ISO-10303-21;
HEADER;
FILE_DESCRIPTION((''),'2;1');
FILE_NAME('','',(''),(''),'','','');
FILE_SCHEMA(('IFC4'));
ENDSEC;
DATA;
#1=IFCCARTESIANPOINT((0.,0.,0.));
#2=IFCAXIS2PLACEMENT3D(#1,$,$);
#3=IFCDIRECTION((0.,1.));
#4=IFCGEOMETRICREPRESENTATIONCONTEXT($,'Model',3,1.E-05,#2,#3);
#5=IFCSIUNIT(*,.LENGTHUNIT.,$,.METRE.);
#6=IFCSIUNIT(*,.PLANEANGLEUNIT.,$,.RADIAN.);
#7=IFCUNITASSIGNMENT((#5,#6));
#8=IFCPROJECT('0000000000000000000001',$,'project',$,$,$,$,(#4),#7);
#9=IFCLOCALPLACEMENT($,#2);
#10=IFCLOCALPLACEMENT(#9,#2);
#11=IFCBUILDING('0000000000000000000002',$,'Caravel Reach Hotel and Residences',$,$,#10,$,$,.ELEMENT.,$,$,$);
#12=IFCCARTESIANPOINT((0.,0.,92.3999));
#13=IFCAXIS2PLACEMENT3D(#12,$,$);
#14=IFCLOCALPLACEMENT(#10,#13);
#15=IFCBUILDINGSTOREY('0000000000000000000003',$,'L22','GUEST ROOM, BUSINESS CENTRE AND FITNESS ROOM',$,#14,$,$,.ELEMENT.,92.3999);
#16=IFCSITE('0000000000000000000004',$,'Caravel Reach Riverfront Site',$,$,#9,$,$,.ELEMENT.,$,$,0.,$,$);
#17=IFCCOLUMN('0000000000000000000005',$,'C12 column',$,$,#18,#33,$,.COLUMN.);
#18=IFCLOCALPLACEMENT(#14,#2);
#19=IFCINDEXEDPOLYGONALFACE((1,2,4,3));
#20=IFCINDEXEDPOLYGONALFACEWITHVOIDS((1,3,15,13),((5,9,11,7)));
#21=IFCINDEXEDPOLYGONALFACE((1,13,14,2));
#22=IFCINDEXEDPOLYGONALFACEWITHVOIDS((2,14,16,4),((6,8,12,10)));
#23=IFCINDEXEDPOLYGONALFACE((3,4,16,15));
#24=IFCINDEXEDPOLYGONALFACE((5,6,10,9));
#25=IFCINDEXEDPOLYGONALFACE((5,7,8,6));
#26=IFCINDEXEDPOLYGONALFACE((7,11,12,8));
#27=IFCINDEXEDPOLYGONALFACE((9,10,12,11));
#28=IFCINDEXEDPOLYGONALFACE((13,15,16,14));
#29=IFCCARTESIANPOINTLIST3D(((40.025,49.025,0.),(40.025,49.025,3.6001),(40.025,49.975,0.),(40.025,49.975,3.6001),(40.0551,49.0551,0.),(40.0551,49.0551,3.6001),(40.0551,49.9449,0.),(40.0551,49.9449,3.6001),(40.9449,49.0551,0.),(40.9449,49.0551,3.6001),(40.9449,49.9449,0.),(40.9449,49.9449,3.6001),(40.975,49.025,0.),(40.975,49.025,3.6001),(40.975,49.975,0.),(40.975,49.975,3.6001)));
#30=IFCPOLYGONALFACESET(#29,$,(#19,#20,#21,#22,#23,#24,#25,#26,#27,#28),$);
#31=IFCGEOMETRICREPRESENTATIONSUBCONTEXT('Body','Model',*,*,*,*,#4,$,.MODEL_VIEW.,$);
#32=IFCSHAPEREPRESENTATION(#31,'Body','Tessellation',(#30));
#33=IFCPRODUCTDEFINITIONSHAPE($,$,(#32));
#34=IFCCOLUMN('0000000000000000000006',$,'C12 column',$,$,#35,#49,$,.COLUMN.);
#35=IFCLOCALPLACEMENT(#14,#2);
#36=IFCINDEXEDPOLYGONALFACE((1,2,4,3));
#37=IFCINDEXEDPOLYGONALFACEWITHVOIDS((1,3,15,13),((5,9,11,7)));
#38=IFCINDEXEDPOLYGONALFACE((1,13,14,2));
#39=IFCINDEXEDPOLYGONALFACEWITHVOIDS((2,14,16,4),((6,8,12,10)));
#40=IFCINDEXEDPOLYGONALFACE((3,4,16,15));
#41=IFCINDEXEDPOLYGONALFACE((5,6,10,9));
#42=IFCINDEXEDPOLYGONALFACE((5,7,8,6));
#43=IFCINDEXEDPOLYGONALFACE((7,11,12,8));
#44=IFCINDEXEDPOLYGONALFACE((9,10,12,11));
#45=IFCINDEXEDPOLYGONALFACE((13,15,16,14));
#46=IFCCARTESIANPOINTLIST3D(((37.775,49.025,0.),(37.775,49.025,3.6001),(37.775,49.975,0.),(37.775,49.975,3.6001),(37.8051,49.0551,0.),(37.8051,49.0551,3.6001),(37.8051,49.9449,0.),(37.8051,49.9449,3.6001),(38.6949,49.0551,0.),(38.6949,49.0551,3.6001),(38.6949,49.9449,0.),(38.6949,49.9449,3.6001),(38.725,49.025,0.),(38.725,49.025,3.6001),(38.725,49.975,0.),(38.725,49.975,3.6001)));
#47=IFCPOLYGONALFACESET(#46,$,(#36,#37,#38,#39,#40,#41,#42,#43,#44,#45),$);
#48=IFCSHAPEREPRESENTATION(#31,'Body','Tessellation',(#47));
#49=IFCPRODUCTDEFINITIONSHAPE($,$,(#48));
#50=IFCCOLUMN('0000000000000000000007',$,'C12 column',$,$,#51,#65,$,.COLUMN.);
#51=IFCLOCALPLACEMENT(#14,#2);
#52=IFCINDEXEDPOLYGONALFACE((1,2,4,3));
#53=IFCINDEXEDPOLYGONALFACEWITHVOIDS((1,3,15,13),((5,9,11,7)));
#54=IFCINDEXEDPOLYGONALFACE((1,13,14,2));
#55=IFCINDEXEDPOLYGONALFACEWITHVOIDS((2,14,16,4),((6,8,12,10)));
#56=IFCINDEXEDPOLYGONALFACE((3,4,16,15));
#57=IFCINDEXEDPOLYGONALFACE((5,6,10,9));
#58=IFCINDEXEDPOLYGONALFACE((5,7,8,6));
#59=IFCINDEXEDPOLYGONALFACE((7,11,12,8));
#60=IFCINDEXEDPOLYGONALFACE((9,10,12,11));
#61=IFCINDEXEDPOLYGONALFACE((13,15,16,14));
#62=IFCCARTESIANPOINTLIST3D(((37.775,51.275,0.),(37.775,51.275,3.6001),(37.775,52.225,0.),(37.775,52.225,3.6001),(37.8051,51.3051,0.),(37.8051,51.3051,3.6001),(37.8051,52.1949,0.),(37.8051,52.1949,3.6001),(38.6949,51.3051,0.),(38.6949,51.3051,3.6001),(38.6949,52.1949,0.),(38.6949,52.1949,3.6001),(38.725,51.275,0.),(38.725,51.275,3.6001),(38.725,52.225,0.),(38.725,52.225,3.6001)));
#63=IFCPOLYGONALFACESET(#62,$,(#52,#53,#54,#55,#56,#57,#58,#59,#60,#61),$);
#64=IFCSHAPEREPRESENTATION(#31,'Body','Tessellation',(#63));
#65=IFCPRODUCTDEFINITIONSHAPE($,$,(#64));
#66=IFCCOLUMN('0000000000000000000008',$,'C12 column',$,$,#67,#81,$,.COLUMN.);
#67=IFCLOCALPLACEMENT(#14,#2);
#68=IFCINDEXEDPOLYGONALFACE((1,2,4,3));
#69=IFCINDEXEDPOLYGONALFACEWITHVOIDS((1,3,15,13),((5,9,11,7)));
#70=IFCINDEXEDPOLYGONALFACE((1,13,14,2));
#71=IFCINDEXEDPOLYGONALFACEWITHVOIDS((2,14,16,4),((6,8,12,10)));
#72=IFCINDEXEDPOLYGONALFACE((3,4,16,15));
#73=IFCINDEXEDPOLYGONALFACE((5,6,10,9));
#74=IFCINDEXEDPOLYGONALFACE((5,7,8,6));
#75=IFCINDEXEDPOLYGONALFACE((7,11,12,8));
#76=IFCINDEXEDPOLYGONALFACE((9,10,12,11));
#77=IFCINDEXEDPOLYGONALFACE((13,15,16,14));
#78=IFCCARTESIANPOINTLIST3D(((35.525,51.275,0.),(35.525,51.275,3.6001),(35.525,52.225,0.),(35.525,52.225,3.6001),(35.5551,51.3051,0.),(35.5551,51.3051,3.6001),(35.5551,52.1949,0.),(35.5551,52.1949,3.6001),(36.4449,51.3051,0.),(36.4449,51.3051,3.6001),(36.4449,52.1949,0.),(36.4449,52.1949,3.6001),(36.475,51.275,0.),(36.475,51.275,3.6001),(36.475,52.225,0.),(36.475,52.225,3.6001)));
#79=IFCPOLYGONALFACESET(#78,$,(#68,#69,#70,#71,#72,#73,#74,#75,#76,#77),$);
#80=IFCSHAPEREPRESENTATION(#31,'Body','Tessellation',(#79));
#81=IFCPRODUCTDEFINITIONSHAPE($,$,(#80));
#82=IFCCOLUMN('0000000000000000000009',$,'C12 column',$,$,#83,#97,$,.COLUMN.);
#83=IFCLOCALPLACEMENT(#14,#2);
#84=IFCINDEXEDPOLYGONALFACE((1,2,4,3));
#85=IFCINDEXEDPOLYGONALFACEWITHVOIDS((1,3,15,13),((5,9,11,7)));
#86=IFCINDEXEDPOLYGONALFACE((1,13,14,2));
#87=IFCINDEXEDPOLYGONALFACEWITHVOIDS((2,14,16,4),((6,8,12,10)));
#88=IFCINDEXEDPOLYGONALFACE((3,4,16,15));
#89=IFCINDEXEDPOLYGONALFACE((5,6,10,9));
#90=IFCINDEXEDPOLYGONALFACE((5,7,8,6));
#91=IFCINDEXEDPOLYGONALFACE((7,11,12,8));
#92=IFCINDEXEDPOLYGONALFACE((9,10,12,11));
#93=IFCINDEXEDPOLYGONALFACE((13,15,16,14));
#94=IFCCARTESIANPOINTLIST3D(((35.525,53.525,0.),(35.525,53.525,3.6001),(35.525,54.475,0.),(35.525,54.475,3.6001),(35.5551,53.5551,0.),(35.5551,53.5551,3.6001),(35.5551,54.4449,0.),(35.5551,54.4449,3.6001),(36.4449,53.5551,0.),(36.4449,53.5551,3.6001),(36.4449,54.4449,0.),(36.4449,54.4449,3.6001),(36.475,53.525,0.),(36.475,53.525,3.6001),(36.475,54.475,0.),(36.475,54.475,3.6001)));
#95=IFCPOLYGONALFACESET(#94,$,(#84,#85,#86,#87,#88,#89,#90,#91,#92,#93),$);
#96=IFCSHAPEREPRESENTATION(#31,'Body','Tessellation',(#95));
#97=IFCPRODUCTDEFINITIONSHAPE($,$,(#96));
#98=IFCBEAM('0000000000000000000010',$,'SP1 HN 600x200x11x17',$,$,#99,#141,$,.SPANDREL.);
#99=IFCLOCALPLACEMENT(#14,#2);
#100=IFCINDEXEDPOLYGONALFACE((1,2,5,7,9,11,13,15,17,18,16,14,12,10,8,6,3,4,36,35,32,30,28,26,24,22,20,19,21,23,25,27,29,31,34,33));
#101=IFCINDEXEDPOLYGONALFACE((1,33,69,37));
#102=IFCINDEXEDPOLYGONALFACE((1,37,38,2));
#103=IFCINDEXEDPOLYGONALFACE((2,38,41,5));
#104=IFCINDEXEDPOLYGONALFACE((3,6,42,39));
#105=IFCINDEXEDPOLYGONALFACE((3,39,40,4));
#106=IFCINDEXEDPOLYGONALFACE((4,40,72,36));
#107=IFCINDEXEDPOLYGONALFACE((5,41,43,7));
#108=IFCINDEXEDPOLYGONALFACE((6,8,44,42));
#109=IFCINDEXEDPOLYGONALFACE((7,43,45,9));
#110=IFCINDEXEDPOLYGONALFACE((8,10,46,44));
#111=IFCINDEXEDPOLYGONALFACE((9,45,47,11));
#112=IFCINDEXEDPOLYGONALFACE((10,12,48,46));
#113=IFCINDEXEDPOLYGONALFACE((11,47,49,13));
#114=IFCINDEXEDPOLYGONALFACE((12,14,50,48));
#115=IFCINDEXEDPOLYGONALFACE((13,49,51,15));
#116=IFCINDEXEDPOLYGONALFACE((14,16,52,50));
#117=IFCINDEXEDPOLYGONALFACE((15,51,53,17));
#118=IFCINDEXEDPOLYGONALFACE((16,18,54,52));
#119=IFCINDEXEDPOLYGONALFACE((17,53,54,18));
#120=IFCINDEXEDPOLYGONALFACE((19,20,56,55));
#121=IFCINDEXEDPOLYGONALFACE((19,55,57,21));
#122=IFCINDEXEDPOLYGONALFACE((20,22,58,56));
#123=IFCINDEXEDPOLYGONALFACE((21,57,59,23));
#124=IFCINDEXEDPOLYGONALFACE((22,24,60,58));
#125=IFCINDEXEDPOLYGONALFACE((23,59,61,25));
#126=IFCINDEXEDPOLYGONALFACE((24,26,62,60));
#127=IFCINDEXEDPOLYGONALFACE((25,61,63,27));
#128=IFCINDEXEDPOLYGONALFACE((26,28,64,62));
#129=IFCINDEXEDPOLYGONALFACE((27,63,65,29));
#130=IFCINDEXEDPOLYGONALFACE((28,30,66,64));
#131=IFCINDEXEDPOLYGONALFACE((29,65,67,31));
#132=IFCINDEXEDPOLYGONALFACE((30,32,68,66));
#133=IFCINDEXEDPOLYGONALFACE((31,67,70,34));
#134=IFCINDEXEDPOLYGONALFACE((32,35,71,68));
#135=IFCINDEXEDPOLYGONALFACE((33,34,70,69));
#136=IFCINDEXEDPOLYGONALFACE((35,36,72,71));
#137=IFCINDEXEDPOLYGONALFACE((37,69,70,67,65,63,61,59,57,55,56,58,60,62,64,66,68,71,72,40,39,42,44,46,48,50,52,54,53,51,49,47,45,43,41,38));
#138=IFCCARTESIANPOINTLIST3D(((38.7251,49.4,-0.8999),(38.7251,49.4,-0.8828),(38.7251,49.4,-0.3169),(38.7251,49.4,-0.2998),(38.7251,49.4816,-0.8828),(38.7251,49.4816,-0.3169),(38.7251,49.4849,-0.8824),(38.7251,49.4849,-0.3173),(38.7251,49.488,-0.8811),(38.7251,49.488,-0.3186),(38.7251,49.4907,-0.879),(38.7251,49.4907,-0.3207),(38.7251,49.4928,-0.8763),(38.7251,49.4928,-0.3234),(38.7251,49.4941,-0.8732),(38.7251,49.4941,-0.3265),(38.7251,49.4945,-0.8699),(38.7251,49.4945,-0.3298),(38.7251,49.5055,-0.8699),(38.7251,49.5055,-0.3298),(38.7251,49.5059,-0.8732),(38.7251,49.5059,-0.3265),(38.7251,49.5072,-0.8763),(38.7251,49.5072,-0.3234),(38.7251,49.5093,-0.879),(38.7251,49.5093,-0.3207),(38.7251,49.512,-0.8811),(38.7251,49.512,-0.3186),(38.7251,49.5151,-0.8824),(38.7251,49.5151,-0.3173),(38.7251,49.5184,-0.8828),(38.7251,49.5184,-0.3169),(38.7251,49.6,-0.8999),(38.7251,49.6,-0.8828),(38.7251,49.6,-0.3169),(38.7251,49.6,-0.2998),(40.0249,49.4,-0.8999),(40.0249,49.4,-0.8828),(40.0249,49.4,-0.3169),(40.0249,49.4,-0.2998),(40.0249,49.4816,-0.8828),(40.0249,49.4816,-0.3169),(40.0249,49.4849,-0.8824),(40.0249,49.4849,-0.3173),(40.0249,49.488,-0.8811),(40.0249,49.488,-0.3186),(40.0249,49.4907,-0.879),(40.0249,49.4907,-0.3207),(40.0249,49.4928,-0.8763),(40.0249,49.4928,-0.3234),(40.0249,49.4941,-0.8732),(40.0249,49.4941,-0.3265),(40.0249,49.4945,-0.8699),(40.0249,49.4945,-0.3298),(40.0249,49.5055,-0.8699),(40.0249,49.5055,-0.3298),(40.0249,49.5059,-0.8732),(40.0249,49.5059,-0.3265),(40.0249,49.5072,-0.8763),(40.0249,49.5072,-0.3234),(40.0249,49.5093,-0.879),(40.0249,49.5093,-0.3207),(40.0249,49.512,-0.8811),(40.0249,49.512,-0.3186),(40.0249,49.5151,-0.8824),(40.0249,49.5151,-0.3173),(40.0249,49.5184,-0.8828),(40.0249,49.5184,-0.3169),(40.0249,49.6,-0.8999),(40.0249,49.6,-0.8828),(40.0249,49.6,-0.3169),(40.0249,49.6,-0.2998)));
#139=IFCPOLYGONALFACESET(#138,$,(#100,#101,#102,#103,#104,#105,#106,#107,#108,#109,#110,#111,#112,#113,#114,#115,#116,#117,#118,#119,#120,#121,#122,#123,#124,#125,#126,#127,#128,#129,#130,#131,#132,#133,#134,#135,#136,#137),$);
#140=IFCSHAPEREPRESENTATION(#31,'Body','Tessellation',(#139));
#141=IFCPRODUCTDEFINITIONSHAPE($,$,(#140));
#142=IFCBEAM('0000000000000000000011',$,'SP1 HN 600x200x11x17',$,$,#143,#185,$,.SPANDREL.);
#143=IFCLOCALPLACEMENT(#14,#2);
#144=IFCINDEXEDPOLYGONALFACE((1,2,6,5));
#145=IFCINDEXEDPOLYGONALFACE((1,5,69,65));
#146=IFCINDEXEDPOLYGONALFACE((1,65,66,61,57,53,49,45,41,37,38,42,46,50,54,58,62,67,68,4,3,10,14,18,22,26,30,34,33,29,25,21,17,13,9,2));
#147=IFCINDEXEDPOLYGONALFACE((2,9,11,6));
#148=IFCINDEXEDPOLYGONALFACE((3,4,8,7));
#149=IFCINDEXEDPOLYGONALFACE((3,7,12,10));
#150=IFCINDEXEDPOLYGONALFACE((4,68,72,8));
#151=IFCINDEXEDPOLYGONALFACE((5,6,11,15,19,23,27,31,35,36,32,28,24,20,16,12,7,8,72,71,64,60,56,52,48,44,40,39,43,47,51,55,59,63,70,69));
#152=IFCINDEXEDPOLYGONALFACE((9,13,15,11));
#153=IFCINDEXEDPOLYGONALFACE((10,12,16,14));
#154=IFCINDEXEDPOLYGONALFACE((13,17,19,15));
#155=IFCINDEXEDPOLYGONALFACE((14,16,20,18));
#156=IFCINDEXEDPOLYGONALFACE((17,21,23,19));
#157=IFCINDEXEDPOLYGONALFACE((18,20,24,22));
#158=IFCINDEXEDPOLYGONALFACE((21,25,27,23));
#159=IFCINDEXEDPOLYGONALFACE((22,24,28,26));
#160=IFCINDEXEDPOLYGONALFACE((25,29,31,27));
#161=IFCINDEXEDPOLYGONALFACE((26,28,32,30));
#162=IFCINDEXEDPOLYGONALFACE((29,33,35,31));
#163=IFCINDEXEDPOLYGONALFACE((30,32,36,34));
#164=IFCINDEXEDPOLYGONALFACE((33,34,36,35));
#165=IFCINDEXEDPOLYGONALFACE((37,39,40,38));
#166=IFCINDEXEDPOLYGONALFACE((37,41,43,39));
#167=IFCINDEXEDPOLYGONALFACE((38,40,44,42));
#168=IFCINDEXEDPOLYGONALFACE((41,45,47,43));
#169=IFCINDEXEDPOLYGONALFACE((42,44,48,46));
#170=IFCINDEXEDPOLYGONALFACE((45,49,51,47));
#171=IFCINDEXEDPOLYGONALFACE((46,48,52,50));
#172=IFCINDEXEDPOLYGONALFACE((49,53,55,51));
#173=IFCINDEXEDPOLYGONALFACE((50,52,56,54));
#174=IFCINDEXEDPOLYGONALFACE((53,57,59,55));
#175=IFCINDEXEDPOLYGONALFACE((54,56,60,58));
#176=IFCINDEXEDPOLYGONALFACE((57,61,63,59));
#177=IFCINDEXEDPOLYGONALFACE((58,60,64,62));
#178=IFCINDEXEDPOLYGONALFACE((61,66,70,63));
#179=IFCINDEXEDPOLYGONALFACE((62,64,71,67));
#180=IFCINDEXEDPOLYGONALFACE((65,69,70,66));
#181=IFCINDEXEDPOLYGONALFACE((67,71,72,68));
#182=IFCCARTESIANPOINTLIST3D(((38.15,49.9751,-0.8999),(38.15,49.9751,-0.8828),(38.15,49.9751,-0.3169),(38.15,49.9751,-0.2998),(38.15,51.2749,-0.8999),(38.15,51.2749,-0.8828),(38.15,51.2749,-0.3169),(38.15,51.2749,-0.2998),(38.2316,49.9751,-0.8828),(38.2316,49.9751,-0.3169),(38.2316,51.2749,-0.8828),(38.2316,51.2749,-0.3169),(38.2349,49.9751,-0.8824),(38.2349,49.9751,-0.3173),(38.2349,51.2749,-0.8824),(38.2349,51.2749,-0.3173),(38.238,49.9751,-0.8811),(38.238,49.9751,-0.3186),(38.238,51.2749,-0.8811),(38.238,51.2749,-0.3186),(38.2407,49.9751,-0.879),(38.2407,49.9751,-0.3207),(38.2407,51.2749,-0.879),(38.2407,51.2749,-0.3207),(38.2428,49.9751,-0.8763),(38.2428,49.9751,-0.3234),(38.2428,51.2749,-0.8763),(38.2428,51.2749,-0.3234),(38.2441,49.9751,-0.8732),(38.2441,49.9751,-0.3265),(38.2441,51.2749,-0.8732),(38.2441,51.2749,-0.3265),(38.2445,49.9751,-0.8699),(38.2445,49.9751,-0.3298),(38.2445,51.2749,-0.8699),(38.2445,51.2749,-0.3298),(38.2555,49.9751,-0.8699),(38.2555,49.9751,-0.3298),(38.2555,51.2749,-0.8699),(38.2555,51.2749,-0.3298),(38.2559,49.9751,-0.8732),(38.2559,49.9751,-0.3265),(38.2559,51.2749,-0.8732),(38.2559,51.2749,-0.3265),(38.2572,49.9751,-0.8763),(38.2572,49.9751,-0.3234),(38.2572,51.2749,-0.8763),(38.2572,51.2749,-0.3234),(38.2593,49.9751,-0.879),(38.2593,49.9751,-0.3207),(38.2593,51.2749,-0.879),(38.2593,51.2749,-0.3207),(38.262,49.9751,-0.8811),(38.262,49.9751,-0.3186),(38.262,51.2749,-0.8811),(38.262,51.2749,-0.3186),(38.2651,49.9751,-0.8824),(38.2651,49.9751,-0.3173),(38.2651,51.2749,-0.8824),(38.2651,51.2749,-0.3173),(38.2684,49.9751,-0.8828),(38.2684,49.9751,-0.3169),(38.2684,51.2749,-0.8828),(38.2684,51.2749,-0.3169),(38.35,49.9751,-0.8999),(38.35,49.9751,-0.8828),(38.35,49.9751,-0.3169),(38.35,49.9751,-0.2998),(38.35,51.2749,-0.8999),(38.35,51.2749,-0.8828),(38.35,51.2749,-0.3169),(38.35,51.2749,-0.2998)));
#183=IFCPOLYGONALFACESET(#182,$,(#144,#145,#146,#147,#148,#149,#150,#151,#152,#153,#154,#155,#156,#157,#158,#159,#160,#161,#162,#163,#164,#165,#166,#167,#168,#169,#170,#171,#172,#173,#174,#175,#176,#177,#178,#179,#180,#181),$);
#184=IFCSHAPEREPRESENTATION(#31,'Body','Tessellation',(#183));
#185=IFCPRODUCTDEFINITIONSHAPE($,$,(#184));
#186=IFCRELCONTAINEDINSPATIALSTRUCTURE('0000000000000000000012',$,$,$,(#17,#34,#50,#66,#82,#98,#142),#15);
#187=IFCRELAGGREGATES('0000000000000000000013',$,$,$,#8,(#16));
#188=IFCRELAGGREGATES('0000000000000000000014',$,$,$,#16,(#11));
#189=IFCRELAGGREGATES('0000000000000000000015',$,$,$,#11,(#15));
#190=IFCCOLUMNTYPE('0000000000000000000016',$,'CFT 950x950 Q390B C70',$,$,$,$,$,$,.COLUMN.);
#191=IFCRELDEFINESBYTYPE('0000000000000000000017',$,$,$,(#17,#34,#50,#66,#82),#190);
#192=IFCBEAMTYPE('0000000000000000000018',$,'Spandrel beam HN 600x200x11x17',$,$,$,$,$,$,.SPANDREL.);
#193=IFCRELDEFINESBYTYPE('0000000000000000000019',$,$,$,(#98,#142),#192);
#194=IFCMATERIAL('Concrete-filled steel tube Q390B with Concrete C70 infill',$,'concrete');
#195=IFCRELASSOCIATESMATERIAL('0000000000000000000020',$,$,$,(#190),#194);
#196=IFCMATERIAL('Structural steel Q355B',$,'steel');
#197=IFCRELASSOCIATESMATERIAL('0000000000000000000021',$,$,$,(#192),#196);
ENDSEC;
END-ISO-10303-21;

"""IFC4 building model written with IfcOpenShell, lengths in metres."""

from ifc_helpers import new_model, si_unit, direction, frame, origin, origin_2d, place, context, subcontext, project, spatial, hollow_rectangle, i_section, extrude, material, material_profile, profile_set, type_object, element, save


model = new_model("IFC4")

# Units and contexts
model_context = context("Model", 3, precision=1e-05, world=origin(), true_north=direction((0.0, 1.0)))
body_context = subcontext(model_context, "Body", "Model", "MODEL_VIEW")
ifc_project = project(units=[si_unit("LENGTHUNIT", "METRE"), si_unit("PLANEANGLEUNIT", "RADIAN")], contexts=[model_context])

# Site, building, storey
site_placement = place(None, origin())
site = spatial("IfcSite", under=ifc_project, at=site_placement, Name="Caravel Reach Riverfront Site", CompositionType="ELEMENT", RefElevation=0.0)
building_placement = place(site_placement, origin())
building = spatial("IfcBuilding", under=site, at=building_placement, Name="Caravel Reach Hotel and Residences", CompositionType="ELEMENT")
storey_placement = place(building_placement, frame((0.0, 0.0, 92.3999)))
storey = spatial("IfcBuildingStorey", under=building, at=storey_placement, Name="L22", Description="GUEST ROOM, BUSINESS CENTRE AND FITNESS ROOM", CompositionType="ELEMENT", Elevation=92.3999)

# Columns
ifc_material_1 = material(Name="Concrete-filled steel tube Q390B with Concrete C70 infill", Category="concrete")
ifc_material_profile_1 = material_profile(ifc_material_1, hollow_rectangle(XDim=0.95, YDim=0.95, WallThickness=0.03, at=origin_2d()), Name="RHS 950x950x30")
ifc_profile_set_1 = profile_set([ifc_material_profile_1], Name="Concrete-filled steel tube Q390B with Concrete C70 infill")
column_type = type_object("IfcColumnType", Name="CFT 950x950 Q390B C70", PredefinedType="COLUMN", material=ifc_profile_set_1)
for number, where, z_axis, x_axis, name in (
    (1, (40.5, 49.5, 0.0), (0.0, 0.0, 1.0), (1.0, 0.0, 0.0), "C12 column"),
    (2, (38.25, 49.5, 0.0), (0.0, 0.0, 1.0), (1.0, 0.0, 0.0), "C12 column"),
    (3, (38.25, 51.75, 0.0), (0.0, 0.0, 1.0), (1.0, 0.0, 0.0), "C12 column"),
    (4, (36.0, 51.75, 0.0), (0.0, 0.0, 1.0), (1.0, 0.0, 0.0), "C12 column"),
    (5, (36.0, 54.0, 0.0), (0.0, 0.0, 1.0), (1.0, 0.0, 0.0), "C12 column"),
):
    element("IfcColumn", number, at=place(storey_placement, frame(where, z_axis=z_axis, x_axis=x_axis)), inside=storey, type_object=column_type, Name=name, PredefinedType="COLUMN", context=body_context, shape_type="SweptSolid", body=[
        extrude(hollow_rectangle(XDim=0.95, YDim=0.95, WallThickness=0.03, at=origin_2d()), origin(), (0.0, 0.0, 1.0), 3.6001),
    ])

# Beams
ifc_material_2 = material(Name="Structural steel Q355B", Category="steel")
ifc_material_profile_2 = material_profile(ifc_material_2, i_section(OverallWidth=0.2, OverallDepth=0.6001, WebThickness=0.011, FlangeThickness=0.0171, FilletRadius=0.0129, at=origin_2d()), Name="HN 600x200x11x17")
ifc_profile_set_2 = profile_set([ifc_material_profile_2], Name="Structural steel Q355B")
beam_type = type_object("IfcBeamType", Name="Spandrel beam HN 600x200x11x17", PredefinedType="SPANDREL", material=ifc_profile_set_2)
for number, where, z_axis, x_axis, name in (
    (6, (40.0249, 49.5, -0.5999), (-1.0, 0.0, 0.0), (0.0, -1.0, 0.0), "SP1 HN 600x200x11x17"),
    (7, (38.25, 49.9751, -0.5999), (0.0, 1.0, 0.0), (-1.0, 0.0, 0.0), "SP1 HN 600x200x11x17"),
):
    element("IfcBeam", number, at=place(storey_placement, frame(where, z_axis=z_axis, x_axis=x_axis)), inside=storey, type_object=beam_type, Name=name, PredefinedType="SPANDREL", context=body_context, shape_type="SweptSolid", body=[
        extrude(i_section(OverallWidth=0.2, OverallDepth=0.6001, WebThickness=0.011, FlangeThickness=0.0171, FilletRadius=0.0129, at=origin_2d()), origin(), (0.0, 0.0, 1.0), 1.2998),
    ])

save(model, "model.ifc")
